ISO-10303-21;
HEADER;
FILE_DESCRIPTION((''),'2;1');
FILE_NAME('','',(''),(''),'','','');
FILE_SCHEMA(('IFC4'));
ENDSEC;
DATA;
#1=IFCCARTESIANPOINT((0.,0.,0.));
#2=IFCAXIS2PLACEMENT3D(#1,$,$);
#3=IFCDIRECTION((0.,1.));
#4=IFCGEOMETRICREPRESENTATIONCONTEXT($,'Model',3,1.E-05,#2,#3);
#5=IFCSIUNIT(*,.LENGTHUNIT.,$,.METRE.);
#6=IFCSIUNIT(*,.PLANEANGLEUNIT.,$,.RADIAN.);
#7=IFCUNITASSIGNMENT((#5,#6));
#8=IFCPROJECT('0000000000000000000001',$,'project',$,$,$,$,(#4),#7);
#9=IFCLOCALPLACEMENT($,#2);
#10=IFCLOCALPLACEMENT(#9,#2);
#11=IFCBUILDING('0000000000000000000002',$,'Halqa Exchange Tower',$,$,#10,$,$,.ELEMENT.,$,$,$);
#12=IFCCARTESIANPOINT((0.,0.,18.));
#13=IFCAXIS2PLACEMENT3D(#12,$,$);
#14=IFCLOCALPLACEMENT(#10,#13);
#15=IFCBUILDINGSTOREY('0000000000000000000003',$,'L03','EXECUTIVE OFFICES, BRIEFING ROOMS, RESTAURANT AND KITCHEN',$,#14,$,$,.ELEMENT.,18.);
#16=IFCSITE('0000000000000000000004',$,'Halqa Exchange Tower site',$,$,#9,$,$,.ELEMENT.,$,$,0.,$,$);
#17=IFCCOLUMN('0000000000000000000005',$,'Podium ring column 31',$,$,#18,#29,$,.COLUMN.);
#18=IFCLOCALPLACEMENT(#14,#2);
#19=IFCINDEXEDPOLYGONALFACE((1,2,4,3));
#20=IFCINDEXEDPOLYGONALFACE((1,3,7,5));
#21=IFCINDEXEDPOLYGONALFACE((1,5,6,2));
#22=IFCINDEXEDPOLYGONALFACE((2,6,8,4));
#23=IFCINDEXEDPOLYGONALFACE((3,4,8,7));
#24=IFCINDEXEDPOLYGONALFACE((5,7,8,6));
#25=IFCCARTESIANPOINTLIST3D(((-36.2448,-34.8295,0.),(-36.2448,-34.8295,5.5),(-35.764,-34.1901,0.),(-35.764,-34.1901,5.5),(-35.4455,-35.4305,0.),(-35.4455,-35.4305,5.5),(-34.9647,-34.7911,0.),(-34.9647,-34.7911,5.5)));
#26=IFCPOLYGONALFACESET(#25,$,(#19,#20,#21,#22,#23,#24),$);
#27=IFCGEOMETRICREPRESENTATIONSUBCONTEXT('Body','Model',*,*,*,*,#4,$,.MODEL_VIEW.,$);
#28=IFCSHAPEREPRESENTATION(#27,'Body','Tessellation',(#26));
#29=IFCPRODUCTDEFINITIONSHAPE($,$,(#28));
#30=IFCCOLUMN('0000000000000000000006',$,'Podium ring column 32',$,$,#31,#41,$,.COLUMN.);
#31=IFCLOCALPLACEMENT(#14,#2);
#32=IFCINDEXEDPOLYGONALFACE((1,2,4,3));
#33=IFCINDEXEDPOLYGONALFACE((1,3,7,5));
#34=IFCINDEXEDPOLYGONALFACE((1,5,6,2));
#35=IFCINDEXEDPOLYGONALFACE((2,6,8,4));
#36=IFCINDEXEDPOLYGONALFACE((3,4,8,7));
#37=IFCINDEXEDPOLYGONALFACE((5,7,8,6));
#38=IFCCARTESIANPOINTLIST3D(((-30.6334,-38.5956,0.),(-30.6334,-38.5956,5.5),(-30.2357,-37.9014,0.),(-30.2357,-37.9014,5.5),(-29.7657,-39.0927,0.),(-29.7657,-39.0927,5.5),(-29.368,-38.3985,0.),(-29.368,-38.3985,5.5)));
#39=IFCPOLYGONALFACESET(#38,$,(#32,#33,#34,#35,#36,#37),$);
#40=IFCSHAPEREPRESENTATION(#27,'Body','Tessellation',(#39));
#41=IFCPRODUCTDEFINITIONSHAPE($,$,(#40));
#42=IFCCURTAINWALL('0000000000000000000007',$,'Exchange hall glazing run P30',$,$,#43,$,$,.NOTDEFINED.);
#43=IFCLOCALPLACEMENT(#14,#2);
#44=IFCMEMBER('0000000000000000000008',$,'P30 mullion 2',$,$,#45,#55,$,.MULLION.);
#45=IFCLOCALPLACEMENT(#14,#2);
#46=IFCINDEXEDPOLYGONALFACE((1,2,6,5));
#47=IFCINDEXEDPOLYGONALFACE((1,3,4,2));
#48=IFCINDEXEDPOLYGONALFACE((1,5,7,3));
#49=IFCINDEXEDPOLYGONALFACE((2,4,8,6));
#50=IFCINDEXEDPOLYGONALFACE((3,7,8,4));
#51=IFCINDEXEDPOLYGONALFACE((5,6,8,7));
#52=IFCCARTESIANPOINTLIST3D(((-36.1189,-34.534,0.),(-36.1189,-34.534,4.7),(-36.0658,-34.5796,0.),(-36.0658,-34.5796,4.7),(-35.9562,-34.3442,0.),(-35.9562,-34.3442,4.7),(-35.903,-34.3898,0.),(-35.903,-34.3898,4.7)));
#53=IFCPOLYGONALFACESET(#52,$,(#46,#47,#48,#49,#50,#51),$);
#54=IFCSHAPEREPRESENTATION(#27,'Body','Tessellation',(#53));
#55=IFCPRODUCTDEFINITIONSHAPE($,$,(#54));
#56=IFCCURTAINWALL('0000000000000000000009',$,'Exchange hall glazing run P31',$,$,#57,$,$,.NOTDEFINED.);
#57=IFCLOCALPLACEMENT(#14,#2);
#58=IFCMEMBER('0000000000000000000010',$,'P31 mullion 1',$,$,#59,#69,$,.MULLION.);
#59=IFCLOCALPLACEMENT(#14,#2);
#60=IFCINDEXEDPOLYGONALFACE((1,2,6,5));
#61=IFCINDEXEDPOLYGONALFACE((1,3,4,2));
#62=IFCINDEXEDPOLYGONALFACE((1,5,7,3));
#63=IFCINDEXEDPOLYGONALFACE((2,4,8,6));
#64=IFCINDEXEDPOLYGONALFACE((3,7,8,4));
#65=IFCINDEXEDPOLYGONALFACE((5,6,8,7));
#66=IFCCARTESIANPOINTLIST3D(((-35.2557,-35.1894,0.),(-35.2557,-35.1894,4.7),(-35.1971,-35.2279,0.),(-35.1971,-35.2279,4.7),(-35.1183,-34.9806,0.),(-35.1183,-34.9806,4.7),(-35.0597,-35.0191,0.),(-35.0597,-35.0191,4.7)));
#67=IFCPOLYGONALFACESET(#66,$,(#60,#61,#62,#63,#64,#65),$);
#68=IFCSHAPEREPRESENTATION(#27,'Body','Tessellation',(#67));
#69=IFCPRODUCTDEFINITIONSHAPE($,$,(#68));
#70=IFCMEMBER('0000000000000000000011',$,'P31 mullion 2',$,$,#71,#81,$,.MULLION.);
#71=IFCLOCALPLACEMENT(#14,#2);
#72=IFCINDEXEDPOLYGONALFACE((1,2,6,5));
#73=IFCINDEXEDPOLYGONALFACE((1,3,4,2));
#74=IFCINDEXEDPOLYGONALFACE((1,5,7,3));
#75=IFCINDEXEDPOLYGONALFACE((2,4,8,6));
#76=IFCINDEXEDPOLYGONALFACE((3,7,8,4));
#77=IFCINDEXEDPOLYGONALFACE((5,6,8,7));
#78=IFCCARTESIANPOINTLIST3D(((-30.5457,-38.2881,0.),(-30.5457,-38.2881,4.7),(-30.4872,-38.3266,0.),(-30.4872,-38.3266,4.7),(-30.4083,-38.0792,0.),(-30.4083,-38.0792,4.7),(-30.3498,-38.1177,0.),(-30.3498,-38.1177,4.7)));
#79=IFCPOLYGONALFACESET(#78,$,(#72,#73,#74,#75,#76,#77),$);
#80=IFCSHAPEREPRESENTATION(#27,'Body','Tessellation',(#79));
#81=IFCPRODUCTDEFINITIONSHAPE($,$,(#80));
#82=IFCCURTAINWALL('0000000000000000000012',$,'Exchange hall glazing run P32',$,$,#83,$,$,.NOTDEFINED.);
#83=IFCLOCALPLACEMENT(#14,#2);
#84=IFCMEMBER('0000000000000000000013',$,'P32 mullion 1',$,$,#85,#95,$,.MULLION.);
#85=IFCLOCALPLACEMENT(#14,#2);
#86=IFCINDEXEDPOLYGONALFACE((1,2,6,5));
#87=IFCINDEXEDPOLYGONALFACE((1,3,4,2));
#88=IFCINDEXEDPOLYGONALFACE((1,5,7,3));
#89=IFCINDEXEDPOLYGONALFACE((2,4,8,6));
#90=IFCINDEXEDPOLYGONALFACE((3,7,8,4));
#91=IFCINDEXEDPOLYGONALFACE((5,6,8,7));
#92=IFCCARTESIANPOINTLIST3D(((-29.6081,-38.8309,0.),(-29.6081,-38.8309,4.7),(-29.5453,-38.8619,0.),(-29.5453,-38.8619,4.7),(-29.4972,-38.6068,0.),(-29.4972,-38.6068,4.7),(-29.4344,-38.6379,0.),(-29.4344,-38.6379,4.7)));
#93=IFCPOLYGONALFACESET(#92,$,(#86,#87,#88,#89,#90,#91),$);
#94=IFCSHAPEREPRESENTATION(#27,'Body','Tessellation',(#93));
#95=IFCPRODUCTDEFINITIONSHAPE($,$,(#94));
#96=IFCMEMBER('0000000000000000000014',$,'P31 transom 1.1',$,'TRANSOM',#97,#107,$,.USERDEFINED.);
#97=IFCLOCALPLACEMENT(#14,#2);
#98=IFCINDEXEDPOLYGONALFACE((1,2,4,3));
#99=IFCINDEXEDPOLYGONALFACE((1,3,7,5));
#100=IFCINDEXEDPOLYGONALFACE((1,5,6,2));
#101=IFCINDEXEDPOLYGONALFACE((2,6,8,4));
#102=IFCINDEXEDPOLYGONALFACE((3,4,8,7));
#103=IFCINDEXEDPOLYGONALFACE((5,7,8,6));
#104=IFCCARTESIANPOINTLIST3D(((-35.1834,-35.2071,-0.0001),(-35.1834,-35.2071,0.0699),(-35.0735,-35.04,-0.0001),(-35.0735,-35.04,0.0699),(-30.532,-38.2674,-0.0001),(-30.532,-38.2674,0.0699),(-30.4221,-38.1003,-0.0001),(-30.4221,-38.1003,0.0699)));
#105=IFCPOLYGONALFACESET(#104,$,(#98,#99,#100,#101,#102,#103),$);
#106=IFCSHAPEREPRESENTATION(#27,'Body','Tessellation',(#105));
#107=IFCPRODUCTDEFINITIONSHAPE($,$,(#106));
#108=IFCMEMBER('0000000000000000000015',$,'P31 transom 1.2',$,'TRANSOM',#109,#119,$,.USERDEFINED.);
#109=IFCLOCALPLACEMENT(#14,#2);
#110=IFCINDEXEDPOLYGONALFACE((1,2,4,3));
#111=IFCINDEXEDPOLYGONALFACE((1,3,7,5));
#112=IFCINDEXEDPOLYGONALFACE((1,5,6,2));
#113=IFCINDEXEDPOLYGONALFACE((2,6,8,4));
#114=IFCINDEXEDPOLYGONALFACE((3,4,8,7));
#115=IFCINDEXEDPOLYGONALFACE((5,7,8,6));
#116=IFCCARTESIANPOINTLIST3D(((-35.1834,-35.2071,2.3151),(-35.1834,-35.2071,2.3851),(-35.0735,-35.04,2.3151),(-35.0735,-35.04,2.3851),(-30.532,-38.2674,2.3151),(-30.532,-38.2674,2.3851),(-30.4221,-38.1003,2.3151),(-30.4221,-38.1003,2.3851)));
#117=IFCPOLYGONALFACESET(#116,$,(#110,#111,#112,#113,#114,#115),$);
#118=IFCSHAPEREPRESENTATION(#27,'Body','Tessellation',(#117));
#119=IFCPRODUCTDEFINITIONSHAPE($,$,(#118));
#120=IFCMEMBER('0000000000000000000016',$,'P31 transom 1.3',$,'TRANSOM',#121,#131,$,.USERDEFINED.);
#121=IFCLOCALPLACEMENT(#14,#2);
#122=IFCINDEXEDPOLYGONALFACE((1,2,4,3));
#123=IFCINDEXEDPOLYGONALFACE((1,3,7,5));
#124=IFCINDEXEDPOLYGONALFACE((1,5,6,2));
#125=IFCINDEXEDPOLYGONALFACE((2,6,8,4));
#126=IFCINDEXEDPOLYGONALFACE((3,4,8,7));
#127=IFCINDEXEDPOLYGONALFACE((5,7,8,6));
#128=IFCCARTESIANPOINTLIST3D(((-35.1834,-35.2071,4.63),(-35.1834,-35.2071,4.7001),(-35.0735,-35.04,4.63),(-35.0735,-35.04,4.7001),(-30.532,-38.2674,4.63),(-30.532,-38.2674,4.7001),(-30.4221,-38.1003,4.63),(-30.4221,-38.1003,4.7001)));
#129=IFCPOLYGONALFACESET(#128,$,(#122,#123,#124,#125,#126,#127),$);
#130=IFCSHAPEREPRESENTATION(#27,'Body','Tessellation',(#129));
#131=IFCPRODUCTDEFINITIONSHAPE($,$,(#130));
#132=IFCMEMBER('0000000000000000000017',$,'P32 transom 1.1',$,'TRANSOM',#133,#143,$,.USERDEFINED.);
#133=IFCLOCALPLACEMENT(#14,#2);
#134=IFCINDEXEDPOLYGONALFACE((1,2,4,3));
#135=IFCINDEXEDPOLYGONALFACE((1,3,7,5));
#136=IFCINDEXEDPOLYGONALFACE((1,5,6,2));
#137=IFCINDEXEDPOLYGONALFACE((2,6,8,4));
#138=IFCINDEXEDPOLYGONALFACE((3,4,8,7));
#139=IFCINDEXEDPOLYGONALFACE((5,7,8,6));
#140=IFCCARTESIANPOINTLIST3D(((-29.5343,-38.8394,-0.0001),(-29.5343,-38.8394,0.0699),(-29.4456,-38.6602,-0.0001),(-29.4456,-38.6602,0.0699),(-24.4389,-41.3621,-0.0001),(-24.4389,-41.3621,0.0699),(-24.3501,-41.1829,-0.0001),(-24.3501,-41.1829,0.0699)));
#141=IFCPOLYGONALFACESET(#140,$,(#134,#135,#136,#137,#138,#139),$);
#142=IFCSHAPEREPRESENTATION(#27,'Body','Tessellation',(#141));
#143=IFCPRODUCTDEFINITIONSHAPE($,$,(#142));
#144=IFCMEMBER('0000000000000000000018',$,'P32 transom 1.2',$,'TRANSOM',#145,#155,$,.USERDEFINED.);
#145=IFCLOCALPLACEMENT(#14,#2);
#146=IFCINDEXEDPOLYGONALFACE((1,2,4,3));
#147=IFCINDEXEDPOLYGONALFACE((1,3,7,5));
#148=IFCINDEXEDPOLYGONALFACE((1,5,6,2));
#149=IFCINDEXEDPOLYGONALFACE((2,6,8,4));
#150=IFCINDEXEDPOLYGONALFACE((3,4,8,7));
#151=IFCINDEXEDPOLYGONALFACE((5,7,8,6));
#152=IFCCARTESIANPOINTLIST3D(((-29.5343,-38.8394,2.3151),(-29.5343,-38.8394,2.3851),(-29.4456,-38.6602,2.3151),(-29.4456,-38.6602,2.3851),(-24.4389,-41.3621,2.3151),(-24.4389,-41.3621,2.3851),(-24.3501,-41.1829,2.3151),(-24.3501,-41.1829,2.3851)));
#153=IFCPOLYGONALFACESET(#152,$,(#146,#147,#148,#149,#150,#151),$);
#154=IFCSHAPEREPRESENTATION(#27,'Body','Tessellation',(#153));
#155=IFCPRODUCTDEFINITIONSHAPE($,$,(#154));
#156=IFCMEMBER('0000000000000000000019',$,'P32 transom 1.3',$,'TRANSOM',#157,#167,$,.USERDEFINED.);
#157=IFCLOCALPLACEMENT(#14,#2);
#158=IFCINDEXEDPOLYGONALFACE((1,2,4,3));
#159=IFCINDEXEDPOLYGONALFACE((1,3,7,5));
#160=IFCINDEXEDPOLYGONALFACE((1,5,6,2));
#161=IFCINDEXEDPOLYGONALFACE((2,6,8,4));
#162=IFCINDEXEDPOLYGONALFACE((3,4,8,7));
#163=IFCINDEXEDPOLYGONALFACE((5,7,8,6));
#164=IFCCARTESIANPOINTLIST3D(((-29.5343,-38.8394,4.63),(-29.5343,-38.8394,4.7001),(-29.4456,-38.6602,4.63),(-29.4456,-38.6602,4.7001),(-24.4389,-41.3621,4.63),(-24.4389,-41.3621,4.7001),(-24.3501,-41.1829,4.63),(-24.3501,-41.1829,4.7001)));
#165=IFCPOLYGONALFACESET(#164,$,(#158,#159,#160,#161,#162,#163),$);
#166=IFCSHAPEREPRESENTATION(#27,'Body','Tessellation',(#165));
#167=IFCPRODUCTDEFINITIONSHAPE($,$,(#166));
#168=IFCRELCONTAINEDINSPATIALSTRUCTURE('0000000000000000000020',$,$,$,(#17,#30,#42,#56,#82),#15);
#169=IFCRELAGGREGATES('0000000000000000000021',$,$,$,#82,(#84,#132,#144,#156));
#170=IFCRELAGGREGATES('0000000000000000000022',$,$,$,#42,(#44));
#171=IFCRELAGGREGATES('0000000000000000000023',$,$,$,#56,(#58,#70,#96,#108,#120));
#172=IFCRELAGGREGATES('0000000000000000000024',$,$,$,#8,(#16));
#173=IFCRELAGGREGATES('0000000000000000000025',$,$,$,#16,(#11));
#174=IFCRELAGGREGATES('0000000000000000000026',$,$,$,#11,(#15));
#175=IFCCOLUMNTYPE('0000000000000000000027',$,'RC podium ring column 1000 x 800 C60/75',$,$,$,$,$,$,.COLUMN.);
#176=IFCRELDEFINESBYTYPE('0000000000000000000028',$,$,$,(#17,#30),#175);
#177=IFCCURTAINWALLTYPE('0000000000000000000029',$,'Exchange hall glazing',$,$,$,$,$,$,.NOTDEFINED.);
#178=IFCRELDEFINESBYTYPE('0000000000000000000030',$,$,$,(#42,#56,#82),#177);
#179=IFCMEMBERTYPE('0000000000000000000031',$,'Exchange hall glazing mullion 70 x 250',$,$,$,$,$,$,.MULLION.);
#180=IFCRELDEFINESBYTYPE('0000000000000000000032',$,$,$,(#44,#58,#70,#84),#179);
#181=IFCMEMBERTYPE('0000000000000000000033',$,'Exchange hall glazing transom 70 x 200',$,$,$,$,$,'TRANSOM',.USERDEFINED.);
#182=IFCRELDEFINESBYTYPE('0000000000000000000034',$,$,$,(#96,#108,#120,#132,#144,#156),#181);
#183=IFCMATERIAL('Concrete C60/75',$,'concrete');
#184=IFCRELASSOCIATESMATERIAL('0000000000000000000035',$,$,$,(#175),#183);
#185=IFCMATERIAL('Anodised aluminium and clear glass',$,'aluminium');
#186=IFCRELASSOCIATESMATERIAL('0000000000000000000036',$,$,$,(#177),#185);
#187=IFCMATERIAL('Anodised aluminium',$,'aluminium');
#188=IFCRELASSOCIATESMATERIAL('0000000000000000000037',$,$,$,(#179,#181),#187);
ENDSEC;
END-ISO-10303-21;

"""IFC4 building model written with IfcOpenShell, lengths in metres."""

from ifc_helpers import new_model, si_unit, direction, frame, origin, origin_2d, place, context, subcontext, project, spatial, rectangle, extrude, material, material_profile, profile_set, type_object, element, aggregate, save


model = new_model("IFC4")

# Units and contexts
model_context = context("Model", 3, precision=1e-05, world=origin(), true_north=direction((0.0, 1.0)))
body_context = subcontext(model_context, "Body", "Model", "MODEL_VIEW")
ifc_project = project(units=[si_unit("LENGTHUNIT", "METRE"), si_unit("PLANEANGLEUNIT", "RADIAN")], contexts=[model_context])

# Site, building, storey
site_placement = place(None, origin())
site = spatial("IfcSite", under=ifc_project, at=site_placement, Name="Halqa Exchange Tower site", CompositionType="ELEMENT", RefElevation=0.0)
building_placement = place(site_placement, origin())
building = spatial("IfcBuilding", under=site, at=building_placement, Name="Halqa Exchange Tower", CompositionType="ELEMENT")
storey_placement = place(building_placement, frame((0.0, 0.0, 18.0)))
storey = spatial("IfcBuildingStorey", under=building, at=storey_placement, Name="L03", Description="EXECUTIVE OFFICES, BRIEFING ROOMS, RESTAURANT AND KITCHEN", CompositionType="ELEMENT", Elevation=18.0)

# Columns
ifc_material_1 = material(Name="Concrete C60/75", Category="concrete")
ifc_material_profile_1 = material_profile(ifc_material_1, rectangle(XDim=1.0, YDim=0.8, at=origin_2d()), Name="1000 x 800")
ifc_profile_set_1 = profile_set([ifc_material_profile_1], Name="Concrete C60/75")
column_type = type_object("IfcColumnType", Name="RC podium ring column 1000 x 800 C60/75", PredefinedType="COLUMN", material=ifc_profile_set_1)
for number, where, z_axis, x_axis, name in (
    (1, (-35.6047, -34.8103, 0.0), (0.0, 0.0, 1.0), (0.79926, -0.600985, 0.0), "Podium ring column 31"),
    (2, (-30.0007, -38.4971, 0.0), (0.0, 0.0, 1.0), (0.867693, -0.4971, 0.0), "Podium ring column 32"),
):
    element("IfcColumn", number, at=place(storey_placement, frame(where, z_axis=z_axis, x_axis=x_axis)), inside=storey, type_object=column_type, Name=name, PredefinedType="COLUMN", context=body_context, shape_type="SweptSolid", body=[
        extrude(rectangle(XDim=1.0, YDim=0.8, at=origin_2d()), origin(), (0.0, 0.0, 1.0), 5.5),
    ])

# Curtain wall, member
ifc_material_2 = material(Name="Anodised aluminium and clear glass", Category="aluminium")
curtain_wall_type = type_object("IfcCurtainWallType", Name="Exchange hall glazing", PredefinedType="NOTDEFINED", material=ifc_material_2)
curtain_wall_1_placement = place(storey_placement, origin())
curtain_wall_1 = element("IfcCurtainWall", 3, at=curtain_wall_1_placement, inside=storey, type_object=curtain_wall_type, Name="Exchange hall glazing run P30", PredefinedType="NOTDEFINED")
ifc_material_3 = material(Name="Anodised aluminium", Category="aluminium")
ifc_material_profile_2 = material_profile(ifc_material_3, rectangle(XDim=0.25, YDim=0.0701, at=origin_2d()), Name="AL 70x250")
ifc_profile_set_2 = profile_set([ifc_material_profile_2], Name="Anodised aluminium")
member_type_1 = type_object("IfcMemberType", Name="Exchange hall glazing mullion 70 x 250", PredefinedType="MULLION", material=ifc_profile_set_2)
member_1_placement = place(storey_placement, frame((-36.011, -34.4619, 0.0), z_axis=(0.0, 0.0, 1.0), x_axis=(0.650911, 0.759154, 0.0)))
member_1 = element("IfcMember", 4, at=member_1_placement, type_object=member_type_1, Name="P30 mullion 2", PredefinedType="MULLION", context=body_context, shape_type="SweptSolid", body=[
    extrude(rectangle(XDim=0.25, YDim=0.0701, at=origin_2d()), origin(), (0.0, 0.0, 1.0), 4.7),
])

# Curtain wall, members
curtain_wall_2_placement = place(storey_placement, origin())
curtain_wall_2 = element("IfcCurtainWall", 5, at=curtain_wall_2_placement, inside=storey, type_object=curtain_wall_type, Name="Exchange hall glazing run P31", PredefinedType="NOTDEFINED")
member_2_placement = place(storey_placement, frame((-35.1577, -35.1042, 0.0), z_axis=(0.0, 0.0, 1.0), x_axis=(0.54962, 0.835415, 0.0)))
member_2 = element("IfcMember", 6, at=member_2_placement, type_object=member_type_1, Name="P31 mullion 1", PredefinedType="MULLION", context=body_context, shape_type="SweptSolid", body=[
    extrude(rectangle(XDim=0.25, YDim=0.0701, at=origin_2d()), origin(), (0.0, 0.0, 1.0), 4.7),
])
member_3_placement = place(storey_placement, frame((-30.4478, -38.2029, 0.0), z_axis=(0.0, 0.0, 1.0), x_axis=(0.54962, 0.835415, 0.0)))
member_3 = element("IfcMember", 7, at=member_3_placement, type_object=member_type_1, Name="P31 mullion 2", PredefinedType="MULLION", context=body_context, shape_type="SweptSolid", body=[
    extrude(rectangle(XDim=0.25, YDim=0.0701, at=origin_2d()), origin(), (0.0, 0.0, 1.0), 4.7),
])

# Curtain wall, member
curtain_wall_3_placement = place(storey_placement, origin())
curtain_wall_3 = element("IfcCurtainWall", 8, at=curtain_wall_3_placement, inside=storey, type_object=curtain_wall_type, Name="Exchange hall glazing run P32", PredefinedType="NOTDEFINED")
member_4_placement = place(storey_placement, frame((-29.5212, -38.7344, 0.0), z_axis=(0.0, 0.0, 1.0), x_axis=(0.443653, 0.896198, 0.0)))
member_4 = element("IfcMember", 9, at=member_4_placement, type_object=member_type_1, Name="P32 mullion 1", PredefinedType="MULLION", context=body_context, shape_type="SweptSolid", body=[
    extrude(rectangle(XDim=0.25, YDim=0.0701, at=origin_2d()), origin(), (0.0, 0.0, 1.0), 4.7),
])

# Members
ifc_material_profile_3 = material_profile(ifc_material_3, rectangle(XDim=0.2, YDim=0.0701, at=origin_2d()), Name="AL 70x200")
ifc_profile_set_3 = profile_set([ifc_material_profile_3], Name="Anodised aluminium")
member_type_2 = type_object("IfcMemberType", Name="Exchange hall glazing transom 70 x 200", ElementType="TRANSOM", PredefinedType="USERDEFINED", material=ifc_profile_set_3)
member_5_placement = place(storey_placement, frame((-35.1284, -35.1235, 0.0349), z_axis=(0.835401, -0.549641, 0.0), x_axis=(0.549641, 0.835401, 0.0)))
member_5 = element("IfcMember", 10, at=member_5_placement, type_object=member_type_2, Name="P31 transom 1.1", ObjectType="TRANSOM", PredefinedType="USERDEFINED", context=body_context, shape_type="SweptSolid", body=[
    extrude(rectangle(XDim=0.2, YDim=0.0701, at=origin_2d()), origin(), (0.0, 0.0, 1.0), 5.5679),
])
member_6_placement = place(storey_placement, frame((-35.1284, -35.1235, 2.3501), z_axis=(0.835401, -0.549641, 0.0), x_axis=(0.549641, 0.835401, 0.0)))
member_6 = element("IfcMember", 11, at=member_6_placement, type_object=member_type_2, Name="P31 transom 1.2", ObjectType="TRANSOM", PredefinedType="USERDEFINED", context=body_context, shape_type="SweptSolid", body=[
    extrude(rectangle(XDim=0.2, YDim=0.0701, at=origin_2d()), origin(), (0.0, 0.0, 1.0), 5.5679),
])
member_7_placement = place(storey_placement, frame((-35.1284, -35.1235, 4.665), z_axis=(0.835401, -0.549641, 0.0), x_axis=(0.549641, 0.835401, 0.0)))
member_7 = element("IfcMember", 12, at=member_7_placement, type_object=member_type_2, Name="P31 transom 1.3", ObjectType="TRANSOM", PredefinedType="USERDEFINED", context=body_context, shape_type="SweptSolid", body=[
    extrude(rectangle(XDim=0.2, YDim=0.0701, at=origin_2d()), origin(), (0.0, 0.0, 1.0), 5.5679),
])
member_8_placement = place(storey_placement, frame((-29.49, -38.7498, 0.0349), z_axis=(0.896181, -0.443689, 0.0), x_axis=(0.443689, 0.896181, 0.0)))
member_8 = element("IfcMember", 13, at=member_8_placement, type_object=member_type_2, Name="P32 transom 1.1", ObjectType="TRANSOM", PredefinedType="USERDEFINED", context=body_context, shape_type="SweptSolid", body=[
    extrude(rectangle(XDim=0.2, YDim=0.0701, at=origin_2d()), origin(), (0.0, 0.0, 1.0), 5.6858),
])
member_9_placement = place(storey_placement, frame((-29.49, -38.7498, 2.3501), z_axis=(0.896181, -0.443689, 0.0), x_axis=(0.443689, 0.896181, 0.0)))
member_9 = element("IfcMember", 14, at=member_9_placement, type_object=member_type_2, Name="P32 transom 1.2", ObjectType="TRANSOM", PredefinedType="USERDEFINED", context=body_context, shape_type="SweptSolid", body=[
    extrude(rectangle(XDim=0.2, YDim=0.0701, at=origin_2d()), origin(), (0.0, 0.0, 1.0), 5.6858),
])
member_10_placement = place(storey_placement, frame((-29.49, -38.7498, 4.665), z_axis=(0.896181, -0.443689, 0.0), x_axis=(0.443689, 0.896181, 0.0)))
member_10 = element("IfcMember", 15, at=member_10_placement, type_object=member_type_2, Name="P32 transom 1.3", ObjectType="TRANSOM", PredefinedType="USERDEFINED", context=body_context, shape_type="SweptSolid", body=[
    extrude(rectangle(XDim=0.2, YDim=0.0701, at=origin_2d()), origin(), (0.0, 0.0, 1.0), 5.6858),
])
aggregate(curtain_wall_3, [member_4, member_8, member_9, member_10])

aggregate(curtain_wall_1, [member_1])
aggregate(curtain_wall_2, [member_2, member_3, member_5, member_6, member_7])

save(model, "model.ifc")
